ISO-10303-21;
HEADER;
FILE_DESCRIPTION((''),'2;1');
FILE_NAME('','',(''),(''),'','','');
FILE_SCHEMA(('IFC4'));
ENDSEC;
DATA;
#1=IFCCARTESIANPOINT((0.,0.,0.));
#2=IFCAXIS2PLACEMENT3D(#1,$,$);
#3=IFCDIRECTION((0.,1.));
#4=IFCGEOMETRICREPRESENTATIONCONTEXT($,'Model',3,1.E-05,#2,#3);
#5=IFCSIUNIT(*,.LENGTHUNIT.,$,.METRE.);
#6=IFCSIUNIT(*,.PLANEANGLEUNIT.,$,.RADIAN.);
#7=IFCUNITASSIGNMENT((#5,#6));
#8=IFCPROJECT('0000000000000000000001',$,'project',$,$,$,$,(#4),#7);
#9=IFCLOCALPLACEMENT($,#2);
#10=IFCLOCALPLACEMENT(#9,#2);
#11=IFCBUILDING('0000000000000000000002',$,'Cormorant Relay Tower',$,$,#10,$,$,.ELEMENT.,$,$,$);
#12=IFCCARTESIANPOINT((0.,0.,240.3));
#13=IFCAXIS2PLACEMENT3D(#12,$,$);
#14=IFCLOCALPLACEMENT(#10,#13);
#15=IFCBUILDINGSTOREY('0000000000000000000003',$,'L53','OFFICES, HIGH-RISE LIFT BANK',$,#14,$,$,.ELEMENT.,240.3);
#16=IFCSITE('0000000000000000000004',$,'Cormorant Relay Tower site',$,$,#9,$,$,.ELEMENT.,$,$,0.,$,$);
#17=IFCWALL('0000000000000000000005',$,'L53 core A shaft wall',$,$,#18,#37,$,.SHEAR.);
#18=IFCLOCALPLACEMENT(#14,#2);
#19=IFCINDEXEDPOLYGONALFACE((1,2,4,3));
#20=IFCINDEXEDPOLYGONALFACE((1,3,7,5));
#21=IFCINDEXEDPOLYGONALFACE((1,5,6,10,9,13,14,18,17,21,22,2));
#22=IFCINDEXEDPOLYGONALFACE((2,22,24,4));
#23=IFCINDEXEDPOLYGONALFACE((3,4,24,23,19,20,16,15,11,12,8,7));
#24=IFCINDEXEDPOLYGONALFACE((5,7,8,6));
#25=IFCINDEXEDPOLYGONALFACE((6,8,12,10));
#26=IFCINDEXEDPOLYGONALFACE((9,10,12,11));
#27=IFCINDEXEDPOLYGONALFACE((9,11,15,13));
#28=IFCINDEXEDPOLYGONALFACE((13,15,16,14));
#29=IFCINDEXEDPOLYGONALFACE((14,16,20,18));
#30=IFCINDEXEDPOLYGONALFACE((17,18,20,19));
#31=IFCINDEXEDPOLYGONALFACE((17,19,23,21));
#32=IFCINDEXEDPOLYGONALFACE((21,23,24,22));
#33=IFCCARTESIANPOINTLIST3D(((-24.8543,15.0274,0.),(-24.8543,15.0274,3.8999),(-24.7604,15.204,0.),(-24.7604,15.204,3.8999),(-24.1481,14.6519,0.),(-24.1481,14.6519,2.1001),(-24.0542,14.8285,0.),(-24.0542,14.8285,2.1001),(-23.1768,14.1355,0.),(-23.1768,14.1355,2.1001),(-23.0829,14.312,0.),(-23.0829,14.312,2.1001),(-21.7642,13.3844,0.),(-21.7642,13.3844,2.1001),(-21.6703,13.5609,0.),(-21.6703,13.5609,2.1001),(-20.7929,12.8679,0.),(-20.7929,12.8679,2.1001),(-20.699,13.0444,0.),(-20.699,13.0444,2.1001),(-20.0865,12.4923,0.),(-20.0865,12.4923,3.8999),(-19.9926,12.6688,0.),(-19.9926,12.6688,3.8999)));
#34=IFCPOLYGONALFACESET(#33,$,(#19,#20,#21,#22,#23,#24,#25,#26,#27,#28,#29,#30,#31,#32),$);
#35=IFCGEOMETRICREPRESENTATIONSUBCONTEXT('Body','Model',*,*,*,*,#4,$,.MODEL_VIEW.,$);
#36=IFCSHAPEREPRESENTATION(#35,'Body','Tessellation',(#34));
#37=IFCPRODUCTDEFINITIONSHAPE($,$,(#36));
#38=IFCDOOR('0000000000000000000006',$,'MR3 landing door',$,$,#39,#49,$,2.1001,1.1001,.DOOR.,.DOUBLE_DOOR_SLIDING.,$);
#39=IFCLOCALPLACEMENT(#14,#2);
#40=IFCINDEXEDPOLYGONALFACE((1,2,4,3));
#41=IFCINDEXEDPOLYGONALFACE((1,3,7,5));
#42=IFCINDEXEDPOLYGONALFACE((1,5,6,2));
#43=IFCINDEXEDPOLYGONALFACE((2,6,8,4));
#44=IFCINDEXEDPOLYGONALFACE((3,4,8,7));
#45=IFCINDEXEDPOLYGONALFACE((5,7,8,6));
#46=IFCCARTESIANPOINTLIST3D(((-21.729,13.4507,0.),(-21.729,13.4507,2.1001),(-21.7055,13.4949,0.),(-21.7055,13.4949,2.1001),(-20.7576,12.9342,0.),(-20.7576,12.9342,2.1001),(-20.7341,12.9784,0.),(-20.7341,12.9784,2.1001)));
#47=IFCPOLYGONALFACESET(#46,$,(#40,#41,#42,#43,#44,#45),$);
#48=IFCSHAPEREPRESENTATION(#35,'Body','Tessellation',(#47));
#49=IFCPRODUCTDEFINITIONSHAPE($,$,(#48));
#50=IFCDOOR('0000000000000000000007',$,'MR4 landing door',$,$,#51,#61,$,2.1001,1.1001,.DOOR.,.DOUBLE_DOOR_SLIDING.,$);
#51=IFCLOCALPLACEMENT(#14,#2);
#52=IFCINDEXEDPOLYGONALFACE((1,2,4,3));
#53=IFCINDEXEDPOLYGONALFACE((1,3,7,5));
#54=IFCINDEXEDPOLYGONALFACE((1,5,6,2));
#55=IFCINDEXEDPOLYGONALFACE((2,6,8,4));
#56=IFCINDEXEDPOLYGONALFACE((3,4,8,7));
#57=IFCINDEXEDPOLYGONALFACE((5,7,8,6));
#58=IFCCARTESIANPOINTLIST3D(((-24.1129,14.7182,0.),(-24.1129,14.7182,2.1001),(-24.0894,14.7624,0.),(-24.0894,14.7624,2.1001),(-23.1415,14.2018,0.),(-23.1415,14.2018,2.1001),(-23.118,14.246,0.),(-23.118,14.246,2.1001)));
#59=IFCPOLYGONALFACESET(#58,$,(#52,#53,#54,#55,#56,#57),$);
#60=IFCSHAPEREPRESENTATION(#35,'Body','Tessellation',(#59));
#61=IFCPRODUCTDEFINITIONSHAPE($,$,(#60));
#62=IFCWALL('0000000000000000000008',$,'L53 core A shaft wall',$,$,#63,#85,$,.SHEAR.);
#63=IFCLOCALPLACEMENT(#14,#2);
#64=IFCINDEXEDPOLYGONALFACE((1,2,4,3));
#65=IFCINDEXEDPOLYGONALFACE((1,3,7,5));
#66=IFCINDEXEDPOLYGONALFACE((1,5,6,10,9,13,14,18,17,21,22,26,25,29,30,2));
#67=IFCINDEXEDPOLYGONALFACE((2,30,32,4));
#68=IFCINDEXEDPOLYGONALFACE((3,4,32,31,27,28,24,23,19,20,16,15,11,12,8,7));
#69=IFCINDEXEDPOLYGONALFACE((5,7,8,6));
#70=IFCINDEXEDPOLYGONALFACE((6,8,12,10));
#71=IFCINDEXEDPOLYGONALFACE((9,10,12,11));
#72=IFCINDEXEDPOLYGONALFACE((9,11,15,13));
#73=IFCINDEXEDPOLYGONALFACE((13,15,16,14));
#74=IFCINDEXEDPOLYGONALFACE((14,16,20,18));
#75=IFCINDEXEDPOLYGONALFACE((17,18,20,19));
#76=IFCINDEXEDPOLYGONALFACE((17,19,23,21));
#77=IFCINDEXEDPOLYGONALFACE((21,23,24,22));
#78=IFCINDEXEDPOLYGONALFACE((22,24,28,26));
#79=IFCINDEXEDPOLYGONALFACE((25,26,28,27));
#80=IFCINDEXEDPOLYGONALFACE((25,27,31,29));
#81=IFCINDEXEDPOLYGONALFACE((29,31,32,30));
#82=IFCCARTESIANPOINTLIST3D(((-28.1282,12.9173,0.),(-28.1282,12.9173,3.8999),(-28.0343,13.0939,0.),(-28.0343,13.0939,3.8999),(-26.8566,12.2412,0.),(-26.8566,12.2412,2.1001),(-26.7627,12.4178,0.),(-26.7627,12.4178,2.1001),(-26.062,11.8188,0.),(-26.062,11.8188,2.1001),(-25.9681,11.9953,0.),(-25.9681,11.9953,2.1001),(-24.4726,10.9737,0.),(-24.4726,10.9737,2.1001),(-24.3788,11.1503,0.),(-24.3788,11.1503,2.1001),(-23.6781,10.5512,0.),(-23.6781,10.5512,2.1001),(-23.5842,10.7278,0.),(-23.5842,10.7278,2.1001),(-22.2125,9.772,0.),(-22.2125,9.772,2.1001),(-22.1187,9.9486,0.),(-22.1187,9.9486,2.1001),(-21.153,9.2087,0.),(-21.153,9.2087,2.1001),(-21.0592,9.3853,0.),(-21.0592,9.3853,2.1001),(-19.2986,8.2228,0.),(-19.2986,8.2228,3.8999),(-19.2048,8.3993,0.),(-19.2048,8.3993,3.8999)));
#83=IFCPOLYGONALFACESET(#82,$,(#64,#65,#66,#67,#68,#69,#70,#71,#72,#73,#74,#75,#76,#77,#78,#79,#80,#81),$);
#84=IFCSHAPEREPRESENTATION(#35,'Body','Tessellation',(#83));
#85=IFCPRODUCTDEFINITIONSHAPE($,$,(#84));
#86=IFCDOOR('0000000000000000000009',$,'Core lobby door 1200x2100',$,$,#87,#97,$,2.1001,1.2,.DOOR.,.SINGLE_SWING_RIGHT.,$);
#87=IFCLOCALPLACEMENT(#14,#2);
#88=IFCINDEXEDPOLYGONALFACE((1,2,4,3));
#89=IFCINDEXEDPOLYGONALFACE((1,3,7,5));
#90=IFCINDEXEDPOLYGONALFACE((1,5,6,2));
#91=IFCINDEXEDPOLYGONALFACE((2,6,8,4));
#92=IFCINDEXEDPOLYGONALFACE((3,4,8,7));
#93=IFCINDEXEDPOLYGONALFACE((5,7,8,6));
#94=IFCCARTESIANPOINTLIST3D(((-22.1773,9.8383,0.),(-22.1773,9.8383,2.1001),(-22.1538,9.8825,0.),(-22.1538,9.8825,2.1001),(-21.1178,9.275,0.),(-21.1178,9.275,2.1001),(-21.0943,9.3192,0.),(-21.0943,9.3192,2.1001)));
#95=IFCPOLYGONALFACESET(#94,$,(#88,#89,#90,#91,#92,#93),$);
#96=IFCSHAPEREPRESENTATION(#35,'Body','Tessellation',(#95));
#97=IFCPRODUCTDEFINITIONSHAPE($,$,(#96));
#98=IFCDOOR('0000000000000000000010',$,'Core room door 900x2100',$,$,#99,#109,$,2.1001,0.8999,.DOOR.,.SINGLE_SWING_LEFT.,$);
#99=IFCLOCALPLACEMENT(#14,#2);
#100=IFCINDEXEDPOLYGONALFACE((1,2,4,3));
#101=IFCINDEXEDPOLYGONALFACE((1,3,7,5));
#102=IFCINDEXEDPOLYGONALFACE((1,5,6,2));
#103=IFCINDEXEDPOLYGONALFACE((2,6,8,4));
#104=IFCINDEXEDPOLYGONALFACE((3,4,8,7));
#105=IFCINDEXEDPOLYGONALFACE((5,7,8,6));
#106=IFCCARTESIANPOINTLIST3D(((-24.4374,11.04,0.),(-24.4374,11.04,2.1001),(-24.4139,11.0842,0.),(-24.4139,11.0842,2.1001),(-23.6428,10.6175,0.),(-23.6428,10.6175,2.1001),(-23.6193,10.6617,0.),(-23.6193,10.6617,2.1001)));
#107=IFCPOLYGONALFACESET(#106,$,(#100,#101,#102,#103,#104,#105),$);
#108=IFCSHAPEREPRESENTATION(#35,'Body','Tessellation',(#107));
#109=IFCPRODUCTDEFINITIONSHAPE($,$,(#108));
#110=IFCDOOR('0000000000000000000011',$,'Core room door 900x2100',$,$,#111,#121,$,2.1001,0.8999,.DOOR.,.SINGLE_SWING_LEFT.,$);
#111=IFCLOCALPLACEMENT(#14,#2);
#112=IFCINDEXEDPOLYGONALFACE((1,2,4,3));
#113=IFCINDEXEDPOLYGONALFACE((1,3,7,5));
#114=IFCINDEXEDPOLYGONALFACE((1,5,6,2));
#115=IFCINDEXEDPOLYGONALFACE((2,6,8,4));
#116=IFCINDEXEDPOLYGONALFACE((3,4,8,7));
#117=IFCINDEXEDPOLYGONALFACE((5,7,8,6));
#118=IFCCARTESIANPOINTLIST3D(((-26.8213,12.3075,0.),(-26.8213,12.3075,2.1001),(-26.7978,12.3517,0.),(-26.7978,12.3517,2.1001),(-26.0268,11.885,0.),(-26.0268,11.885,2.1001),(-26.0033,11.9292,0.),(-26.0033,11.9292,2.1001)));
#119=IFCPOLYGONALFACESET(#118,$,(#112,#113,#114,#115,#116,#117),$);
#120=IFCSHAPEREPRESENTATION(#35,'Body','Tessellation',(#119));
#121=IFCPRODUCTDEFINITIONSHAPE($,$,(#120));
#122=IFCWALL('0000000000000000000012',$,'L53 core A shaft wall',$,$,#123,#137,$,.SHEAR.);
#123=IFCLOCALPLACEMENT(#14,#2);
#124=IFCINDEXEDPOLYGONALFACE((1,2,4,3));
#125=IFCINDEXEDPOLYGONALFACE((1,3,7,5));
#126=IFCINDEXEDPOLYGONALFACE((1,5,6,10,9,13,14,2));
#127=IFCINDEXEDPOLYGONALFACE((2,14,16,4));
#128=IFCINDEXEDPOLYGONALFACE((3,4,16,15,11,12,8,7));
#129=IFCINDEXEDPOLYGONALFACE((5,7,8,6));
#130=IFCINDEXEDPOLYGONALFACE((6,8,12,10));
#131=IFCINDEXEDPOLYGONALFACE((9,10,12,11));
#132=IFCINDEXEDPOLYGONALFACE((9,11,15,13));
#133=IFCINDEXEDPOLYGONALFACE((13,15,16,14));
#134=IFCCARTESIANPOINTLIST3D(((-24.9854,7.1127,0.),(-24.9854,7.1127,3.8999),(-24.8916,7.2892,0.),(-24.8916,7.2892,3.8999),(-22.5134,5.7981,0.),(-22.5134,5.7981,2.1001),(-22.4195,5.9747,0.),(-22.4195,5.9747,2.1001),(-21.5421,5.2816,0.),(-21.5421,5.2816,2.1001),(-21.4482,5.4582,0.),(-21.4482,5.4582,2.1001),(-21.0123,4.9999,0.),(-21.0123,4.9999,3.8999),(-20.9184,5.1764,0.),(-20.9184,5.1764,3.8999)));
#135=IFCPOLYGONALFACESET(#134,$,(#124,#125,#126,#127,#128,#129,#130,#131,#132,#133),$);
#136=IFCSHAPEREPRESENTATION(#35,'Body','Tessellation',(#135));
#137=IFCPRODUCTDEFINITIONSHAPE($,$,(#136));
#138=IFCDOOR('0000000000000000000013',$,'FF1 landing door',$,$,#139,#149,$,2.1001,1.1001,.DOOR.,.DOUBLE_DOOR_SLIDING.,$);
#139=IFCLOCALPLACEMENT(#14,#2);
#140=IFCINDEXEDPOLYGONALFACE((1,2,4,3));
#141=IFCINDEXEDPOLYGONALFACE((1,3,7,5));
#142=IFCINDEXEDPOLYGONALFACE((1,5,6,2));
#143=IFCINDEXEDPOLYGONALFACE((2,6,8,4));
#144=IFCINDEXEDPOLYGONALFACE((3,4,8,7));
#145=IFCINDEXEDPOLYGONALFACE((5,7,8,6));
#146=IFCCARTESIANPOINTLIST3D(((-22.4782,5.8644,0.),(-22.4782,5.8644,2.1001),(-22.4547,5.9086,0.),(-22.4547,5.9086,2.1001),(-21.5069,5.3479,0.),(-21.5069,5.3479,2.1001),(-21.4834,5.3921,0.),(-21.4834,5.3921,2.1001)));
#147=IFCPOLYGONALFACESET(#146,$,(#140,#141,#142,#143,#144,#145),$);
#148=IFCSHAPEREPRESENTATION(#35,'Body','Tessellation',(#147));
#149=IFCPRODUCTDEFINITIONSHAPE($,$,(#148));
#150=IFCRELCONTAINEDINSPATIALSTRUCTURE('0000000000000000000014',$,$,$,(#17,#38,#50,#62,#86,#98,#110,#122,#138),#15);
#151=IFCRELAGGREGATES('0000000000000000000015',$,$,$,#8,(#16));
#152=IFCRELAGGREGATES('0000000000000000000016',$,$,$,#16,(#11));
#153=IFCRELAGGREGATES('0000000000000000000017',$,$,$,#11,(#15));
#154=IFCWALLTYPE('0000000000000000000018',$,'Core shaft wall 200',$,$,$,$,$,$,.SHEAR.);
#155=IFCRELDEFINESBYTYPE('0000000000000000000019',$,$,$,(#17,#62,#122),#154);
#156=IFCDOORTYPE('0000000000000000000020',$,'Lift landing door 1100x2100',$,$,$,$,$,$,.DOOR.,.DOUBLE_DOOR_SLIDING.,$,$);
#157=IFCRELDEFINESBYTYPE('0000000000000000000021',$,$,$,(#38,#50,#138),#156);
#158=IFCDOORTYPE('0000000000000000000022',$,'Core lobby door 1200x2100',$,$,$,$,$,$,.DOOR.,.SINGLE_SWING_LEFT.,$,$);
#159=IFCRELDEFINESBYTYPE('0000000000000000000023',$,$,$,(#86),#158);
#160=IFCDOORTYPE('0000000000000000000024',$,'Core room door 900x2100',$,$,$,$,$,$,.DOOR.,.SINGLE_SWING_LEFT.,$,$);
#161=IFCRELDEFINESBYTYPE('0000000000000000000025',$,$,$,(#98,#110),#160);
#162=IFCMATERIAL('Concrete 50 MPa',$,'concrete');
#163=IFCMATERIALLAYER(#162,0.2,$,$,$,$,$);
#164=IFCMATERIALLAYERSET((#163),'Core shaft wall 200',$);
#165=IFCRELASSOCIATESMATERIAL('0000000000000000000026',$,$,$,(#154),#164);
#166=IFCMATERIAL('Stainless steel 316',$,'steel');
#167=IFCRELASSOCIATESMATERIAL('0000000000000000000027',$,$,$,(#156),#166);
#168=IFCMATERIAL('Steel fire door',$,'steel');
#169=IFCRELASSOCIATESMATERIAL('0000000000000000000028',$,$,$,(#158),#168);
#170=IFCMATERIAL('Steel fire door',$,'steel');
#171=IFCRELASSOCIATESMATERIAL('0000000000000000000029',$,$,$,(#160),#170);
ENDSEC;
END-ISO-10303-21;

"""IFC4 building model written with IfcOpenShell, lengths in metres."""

from ifc_helpers import new_model, si_unit, direction, frame, frame_2d, origin, place, context, subcontext, project, spatial, rectangle, extrude, material, layer, layer_set, type_object, element, fill, save


model = new_model("IFC4")

# Units and contexts
model_context = context("Model", 3, precision=1e-05, world=origin(), true_north=direction((0.0, 1.0)))
body_context = subcontext(model_context, "Body", "Model", "MODEL_VIEW")
ifc_project = project(units=[si_unit("LENGTHUNIT", "METRE"), si_unit("PLANEANGLEUNIT", "RADIAN")], contexts=[model_context])

# Site, building, storey
site_placement = place(None, origin())
site = spatial("IfcSite", under=ifc_project, at=site_placement, Name="Cormorant Relay Tower site", CompositionType="ELEMENT", RefElevation=0.0)
building_placement = place(site_placement, origin())
building = spatial("IfcBuilding", under=site, at=building_placement, Name="Cormorant Relay Tower", CompositionType="ELEMENT")
storey_placement = place(building_placement, frame((0.0, 0.0, 240.3)))
storey = spatial("IfcBuildingStorey", under=building, at=storey_placement, Name="L53", Description="OFFICES, HIGH-RISE LIFT BANK", CompositionType="ELEMENT", Elevation=240.3)

# Shared definitions
ifc_material_1 = material(Name="Concrete 50 MPa", Category="concrete")
ifc_layer_1 = layer(ifc_material_1, 0.2)
ifc_layer_set_1 = layer_set([ifc_layer_1], Name="Core shaft wall 200")
wall_type_1 = type_object("IfcWallType", Name="Core shaft wall 200", PredefinedType="SHEAR", material=ifc_layer_set_1)

# Walls, openings, doors
wall_1_placement = place(storey_placement, frame((-20.0396, 12.5806, 0.0), z_axis=(0.0, 0.0, 1.0), x_axis=(-0.882943, 0.46948, 0.0)))
wall_1 = element("IfcWall", 1, at=wall_1_placement, inside=storey, type_object=wall_type_1, Name="L53 core A shaft wall", PredefinedType="SHEAR", context=body_context, shape_type="SweptSolid", body=[
    extrude(rectangle(XDim=5.3999, YDim=0.2, at=frame_2d((2.7, 0.0))), origin(), (0.0, 0.0, 1.0), 3.8999),
])
opening_1_placement = place(wall_1_placement, frame((0.8, 0.0, 0.0)))
opening_1 = element("IfcOpeningElement", 2, at=opening_1_placement, cuts=wall_1, PredefinedType="OPENING", context=body_context, shape_type="SweptSolid", body=[
    extrude(rectangle(XDim=1.1001, YDim=2.1001, at=frame_2d((0.55, 1.05))), frame((0.0, 0.1099, 0.0), z_axis=(0.0, -1.0, 0.0), x_axis=(1.0, 0.0, 0.0)), (0.0, 0.0, 1.0), 0.22),
])
opening_2_placement = place(wall_1_placement, frame((3.5, 0.0, 0.0)))
opening_2 = element("IfcOpeningElement", 3, at=opening_2_placement, cuts=wall_1, PredefinedType="OPENING", context=body_context, shape_type="SweptSolid", body=[
    extrude(rectangle(XDim=1.1001, YDim=2.1001, at=frame_2d((0.55, 1.05))), frame((0.0, 0.1099, 0.0), z_axis=(0.0, -1.0, 0.0), x_axis=(1.0, 0.0, 0.0)), (0.0, 0.0, 1.0), 0.22),
])
ifc_material_2 = material(Name="Stainless steel 316", Category="steel")
door_type_1 = type_object("IfcDoorType", Name="Lift landing door 1100x2100", OperationType="DOUBLE_DOOR_SLIDING", PredefinedType="DOOR", material=ifc_material_2)
door_1_placement = place(opening_1_placement, origin())
door_1 = element("IfcDoor", 4, at=door_1_placement, inside=storey, type_object=door_type_1, Name="MR3 landing door", OperationType="DOUBLE_DOOR_SLIDING", OverallHeight=2.1001, OverallWidth=1.1001, PredefinedType="DOOR", context=body_context, shape_type="SweptSolid", body=[
    extrude(rectangle(XDim=1.1001, YDim=2.1001, at=frame_2d((0.55, 1.05))), frame((0.0, 0.0249, 0.0), z_axis=(0.0, -1.0, 0.0), x_axis=(1.0, 0.0, 0.0)), (0.0, 0.0, 1.0), 0.05),
])
fill(opening_1, door_1)
door_2_placement = place(opening_2_placement, origin())
door_2 = element("IfcDoor", 5, at=door_2_placement, inside=storey, type_object=door_type_1, Name="MR4 landing door", OperationType="DOUBLE_DOOR_SLIDING", OverallHeight=2.1001, OverallWidth=1.1001, PredefinedType="DOOR", context=body_context, shape_type="SweptSolid", body=[
    extrude(rectangle(XDim=1.1001, YDim=2.1001, at=frame_2d((0.55, 1.05))), frame((0.0, 0.0249, 0.0), z_axis=(0.0, -1.0, 0.0), x_axis=(1.0, 0.0, 0.0)), (0.0, 0.0, 1.0), 0.05),
])
fill(opening_2, door_2)
wall_2_placement = place(storey_placement, frame((-19.2517, 8.311, 0.0), z_axis=(0.0, 0.0, 1.0), x_axis=(-0.882956, 0.469456, 0.0)))
wall_2 = element("IfcWall", 6, at=wall_2_placement, inside=storey, type_object=wall_type_1, Name="L53 core A shaft wall", PredefinedType="SHEAR", context=body_context, shape_type="SweptSolid", body=[
    extrude(rectangle(XDim=10.0, YDim=0.2, at=frame_2d((5.0, 0.0))), origin(), (0.0, 0.0, 1.0), 3.8999),
])
opening_3_placement = place(wall_2_placement, frame((2.1001, 0.0, 0.0)))
opening_3 = element("IfcOpeningElement", 7, at=opening_3_placement, cuts=wall_2, PredefinedType="OPENING", context=body_context, shape_type="SweptSolid", body=[
    extrude(rectangle(XDim=1.2, YDim=2.1001, at=frame_2d((0.6001, 1.05))), frame((0.0, 0.1099, 0.0), z_axis=(0.0, -1.0, 0.0), x_axis=(1.0, 0.0, 0.0)), (0.0, 0.0, 1.0), 0.22),
])
opening_4_placement = place(wall_2_placement, frame((4.96, 0.0, 0.0)))
opening_4 = element("IfcOpeningElement", 8, at=opening_4_placement, cuts=wall_2, PredefinedType="OPENING", context=body_context, shape_type="SweptSolid", body=[
    extrude(rectangle(XDim=0.8999, YDim=2.1001, at=frame_2d((0.45, 1.05))), frame((0.0, 0.1099, 0.0), z_axis=(0.0, -1.0, 0.0), x_axis=(1.0, 0.0, 0.0)), (0.0, 0.0, 1.0), 0.22),
])
opening_5_placement = place(wall_2_placement, frame((7.6599, 0.0, 0.0)))
opening_5 = element("IfcOpeningElement", 9, at=opening_5_placement, cuts=wall_2, PredefinedType="OPENING", context=body_context, shape_type="SweptSolid", body=[
    extrude(rectangle(XDim=0.8999, YDim=2.1001, at=frame_2d((0.45, 1.05))), frame((0.0, 0.1099, 0.0), z_axis=(0.0, -1.0, 0.0), x_axis=(1.0, 0.0, 0.0)), (0.0, 0.0, 1.0), 0.22),
])
ifc_material_3 = material(Name="Steel fire door", Category="steel")
door_type_2 = type_object("IfcDoorType", Name="Core lobby door 1200x2100", OperationType="SINGLE_SWING_LEFT", PredefinedType="DOOR", material=ifc_material_3)
door_3_placement = place(opening_3_placement, origin())
door_3 = element("IfcDoor", 10, at=door_3_placement, inside=storey, type_object=door_type_2, Name="Core lobby door 1200x2100", OperationType="SINGLE_SWING_RIGHT", OverallHeight=2.1001, OverallWidth=1.2, PredefinedType="DOOR", context=body_context, shape_type="SweptSolid", body=[
    extrude(rectangle(XDim=1.2, YDim=2.1001, at=frame_2d((0.6001, 1.05))), frame((0.0, 0.0249, 0.0), z_axis=(0.0, -1.0, 0.0), x_axis=(1.0, 0.0, 0.0)), (0.0, 0.0, 1.0), 0.05),
])
fill(opening_3, door_3)
ifc_material_4 = material(Name="Steel fire door", Category="steel")
door_type_3 = type_object("IfcDoorType", Name="Core room door 900x2100", OperationType="SINGLE_SWING_LEFT", PredefinedType="DOOR", material=ifc_material_4)
door_4_placement = place(opening_4_placement, origin())
door_4 = element("IfcDoor", 11, at=door_4_placement, inside=storey, type_object=door_type_3, Name="Core room door 900x2100", OperationType="SINGLE_SWING_LEFT", OverallHeight=2.1001, OverallWidth=0.8999, PredefinedType="DOOR", context=body_context, shape_type="SweptSolid", body=[
    extrude(rectangle(XDim=0.8999, YDim=2.1001, at=frame_2d((0.45, 1.05))), frame((0.0, 0.0249, 0.0), z_axis=(0.0, -1.0, 0.0), x_axis=(1.0, 0.0, 0.0)), (0.0, 0.0, 1.0), 0.05),
])
fill(opening_4, door_4)
door_5_placement = place(opening_5_placement, origin())
door_5 = element("IfcDoor", 12, at=door_5_placement, inside=storey, type_object=door_type_3, Name="Core room door 900x2100", OperationType="SINGLE_SWING_LEFT", OverallHeight=2.1001, OverallWidth=0.8999, PredefinedType="DOOR", context=body_context, shape_type="SweptSolid", body=[
    extrude(rectangle(XDim=0.8999, YDim=2.1001, at=frame_2d((0.45, 1.05))), frame((0.0, 0.0249, 0.0), z_axis=(0.0, -1.0, 0.0), x_axis=(1.0, 0.0, 0.0)), (0.0, 0.0, 1.0), 0.05),
])
fill(opening_5, door_5)

# Wall, opening, door
wall_3_placement = place(storey_placement, frame((-20.9653, 5.0881, 0.0), z_axis=(0.0, 0.0, 1.0), x_axis=(-0.882926, 0.469512, 0.0)))
wall_3 = element("IfcWall", 13, at=wall_3_placement, inside=storey, type_object=wall_type_1, Name="L53 core A shaft wall", PredefinedType="SHEAR", context=body_context, shape_type="SweptSolid", body=[
    extrude(rectangle(XDim=4.5, YDim=0.2, at=frame_2d((2.25, 0.0))), origin(), (0.0, 0.0, 1.0), 3.8999),
])
opening_6_placement = place(wall_3_placement, frame((0.6001, 0.0, 0.0)))
opening_6 = element("IfcOpeningElement", 14, at=opening_6_placement, cuts=wall_3, PredefinedType="OPENING", context=body_context, shape_type="SweptSolid", body=[
    extrude(rectangle(XDim=1.1001, YDim=2.1001, at=frame_2d((0.55, 1.05))), frame((0.0, 0.1099, 0.0), z_axis=(0.0, -1.0, 0.0), x_axis=(1.0, 0.0, 0.0)), (0.0, 0.0, 1.0), 0.22),
])
door_6_placement = place(opening_6_placement, origin())
door_6 = element("IfcDoor", 15, at=door_6_placement, inside=storey, type_object=door_type_1, Name="FF1 landing door", OperationType="DOUBLE_DOOR_SLIDING", OverallHeight=2.1001, OverallWidth=1.1001, PredefinedType="DOOR", context=body_context, shape_type="SweptSolid", body=[
    extrude(rectangle(XDim=1.1001, YDim=2.1001, at=frame_2d((0.55, 1.05))), frame((0.0, 0.0249, 0.0), z_axis=(0.0, -1.0, 0.0), x_axis=(1.0, 0.0, 0.0)), (0.0, 0.0, 1.0), 0.05),
])
fill(opening_6, door_6)

save(model, "model.ifc")
